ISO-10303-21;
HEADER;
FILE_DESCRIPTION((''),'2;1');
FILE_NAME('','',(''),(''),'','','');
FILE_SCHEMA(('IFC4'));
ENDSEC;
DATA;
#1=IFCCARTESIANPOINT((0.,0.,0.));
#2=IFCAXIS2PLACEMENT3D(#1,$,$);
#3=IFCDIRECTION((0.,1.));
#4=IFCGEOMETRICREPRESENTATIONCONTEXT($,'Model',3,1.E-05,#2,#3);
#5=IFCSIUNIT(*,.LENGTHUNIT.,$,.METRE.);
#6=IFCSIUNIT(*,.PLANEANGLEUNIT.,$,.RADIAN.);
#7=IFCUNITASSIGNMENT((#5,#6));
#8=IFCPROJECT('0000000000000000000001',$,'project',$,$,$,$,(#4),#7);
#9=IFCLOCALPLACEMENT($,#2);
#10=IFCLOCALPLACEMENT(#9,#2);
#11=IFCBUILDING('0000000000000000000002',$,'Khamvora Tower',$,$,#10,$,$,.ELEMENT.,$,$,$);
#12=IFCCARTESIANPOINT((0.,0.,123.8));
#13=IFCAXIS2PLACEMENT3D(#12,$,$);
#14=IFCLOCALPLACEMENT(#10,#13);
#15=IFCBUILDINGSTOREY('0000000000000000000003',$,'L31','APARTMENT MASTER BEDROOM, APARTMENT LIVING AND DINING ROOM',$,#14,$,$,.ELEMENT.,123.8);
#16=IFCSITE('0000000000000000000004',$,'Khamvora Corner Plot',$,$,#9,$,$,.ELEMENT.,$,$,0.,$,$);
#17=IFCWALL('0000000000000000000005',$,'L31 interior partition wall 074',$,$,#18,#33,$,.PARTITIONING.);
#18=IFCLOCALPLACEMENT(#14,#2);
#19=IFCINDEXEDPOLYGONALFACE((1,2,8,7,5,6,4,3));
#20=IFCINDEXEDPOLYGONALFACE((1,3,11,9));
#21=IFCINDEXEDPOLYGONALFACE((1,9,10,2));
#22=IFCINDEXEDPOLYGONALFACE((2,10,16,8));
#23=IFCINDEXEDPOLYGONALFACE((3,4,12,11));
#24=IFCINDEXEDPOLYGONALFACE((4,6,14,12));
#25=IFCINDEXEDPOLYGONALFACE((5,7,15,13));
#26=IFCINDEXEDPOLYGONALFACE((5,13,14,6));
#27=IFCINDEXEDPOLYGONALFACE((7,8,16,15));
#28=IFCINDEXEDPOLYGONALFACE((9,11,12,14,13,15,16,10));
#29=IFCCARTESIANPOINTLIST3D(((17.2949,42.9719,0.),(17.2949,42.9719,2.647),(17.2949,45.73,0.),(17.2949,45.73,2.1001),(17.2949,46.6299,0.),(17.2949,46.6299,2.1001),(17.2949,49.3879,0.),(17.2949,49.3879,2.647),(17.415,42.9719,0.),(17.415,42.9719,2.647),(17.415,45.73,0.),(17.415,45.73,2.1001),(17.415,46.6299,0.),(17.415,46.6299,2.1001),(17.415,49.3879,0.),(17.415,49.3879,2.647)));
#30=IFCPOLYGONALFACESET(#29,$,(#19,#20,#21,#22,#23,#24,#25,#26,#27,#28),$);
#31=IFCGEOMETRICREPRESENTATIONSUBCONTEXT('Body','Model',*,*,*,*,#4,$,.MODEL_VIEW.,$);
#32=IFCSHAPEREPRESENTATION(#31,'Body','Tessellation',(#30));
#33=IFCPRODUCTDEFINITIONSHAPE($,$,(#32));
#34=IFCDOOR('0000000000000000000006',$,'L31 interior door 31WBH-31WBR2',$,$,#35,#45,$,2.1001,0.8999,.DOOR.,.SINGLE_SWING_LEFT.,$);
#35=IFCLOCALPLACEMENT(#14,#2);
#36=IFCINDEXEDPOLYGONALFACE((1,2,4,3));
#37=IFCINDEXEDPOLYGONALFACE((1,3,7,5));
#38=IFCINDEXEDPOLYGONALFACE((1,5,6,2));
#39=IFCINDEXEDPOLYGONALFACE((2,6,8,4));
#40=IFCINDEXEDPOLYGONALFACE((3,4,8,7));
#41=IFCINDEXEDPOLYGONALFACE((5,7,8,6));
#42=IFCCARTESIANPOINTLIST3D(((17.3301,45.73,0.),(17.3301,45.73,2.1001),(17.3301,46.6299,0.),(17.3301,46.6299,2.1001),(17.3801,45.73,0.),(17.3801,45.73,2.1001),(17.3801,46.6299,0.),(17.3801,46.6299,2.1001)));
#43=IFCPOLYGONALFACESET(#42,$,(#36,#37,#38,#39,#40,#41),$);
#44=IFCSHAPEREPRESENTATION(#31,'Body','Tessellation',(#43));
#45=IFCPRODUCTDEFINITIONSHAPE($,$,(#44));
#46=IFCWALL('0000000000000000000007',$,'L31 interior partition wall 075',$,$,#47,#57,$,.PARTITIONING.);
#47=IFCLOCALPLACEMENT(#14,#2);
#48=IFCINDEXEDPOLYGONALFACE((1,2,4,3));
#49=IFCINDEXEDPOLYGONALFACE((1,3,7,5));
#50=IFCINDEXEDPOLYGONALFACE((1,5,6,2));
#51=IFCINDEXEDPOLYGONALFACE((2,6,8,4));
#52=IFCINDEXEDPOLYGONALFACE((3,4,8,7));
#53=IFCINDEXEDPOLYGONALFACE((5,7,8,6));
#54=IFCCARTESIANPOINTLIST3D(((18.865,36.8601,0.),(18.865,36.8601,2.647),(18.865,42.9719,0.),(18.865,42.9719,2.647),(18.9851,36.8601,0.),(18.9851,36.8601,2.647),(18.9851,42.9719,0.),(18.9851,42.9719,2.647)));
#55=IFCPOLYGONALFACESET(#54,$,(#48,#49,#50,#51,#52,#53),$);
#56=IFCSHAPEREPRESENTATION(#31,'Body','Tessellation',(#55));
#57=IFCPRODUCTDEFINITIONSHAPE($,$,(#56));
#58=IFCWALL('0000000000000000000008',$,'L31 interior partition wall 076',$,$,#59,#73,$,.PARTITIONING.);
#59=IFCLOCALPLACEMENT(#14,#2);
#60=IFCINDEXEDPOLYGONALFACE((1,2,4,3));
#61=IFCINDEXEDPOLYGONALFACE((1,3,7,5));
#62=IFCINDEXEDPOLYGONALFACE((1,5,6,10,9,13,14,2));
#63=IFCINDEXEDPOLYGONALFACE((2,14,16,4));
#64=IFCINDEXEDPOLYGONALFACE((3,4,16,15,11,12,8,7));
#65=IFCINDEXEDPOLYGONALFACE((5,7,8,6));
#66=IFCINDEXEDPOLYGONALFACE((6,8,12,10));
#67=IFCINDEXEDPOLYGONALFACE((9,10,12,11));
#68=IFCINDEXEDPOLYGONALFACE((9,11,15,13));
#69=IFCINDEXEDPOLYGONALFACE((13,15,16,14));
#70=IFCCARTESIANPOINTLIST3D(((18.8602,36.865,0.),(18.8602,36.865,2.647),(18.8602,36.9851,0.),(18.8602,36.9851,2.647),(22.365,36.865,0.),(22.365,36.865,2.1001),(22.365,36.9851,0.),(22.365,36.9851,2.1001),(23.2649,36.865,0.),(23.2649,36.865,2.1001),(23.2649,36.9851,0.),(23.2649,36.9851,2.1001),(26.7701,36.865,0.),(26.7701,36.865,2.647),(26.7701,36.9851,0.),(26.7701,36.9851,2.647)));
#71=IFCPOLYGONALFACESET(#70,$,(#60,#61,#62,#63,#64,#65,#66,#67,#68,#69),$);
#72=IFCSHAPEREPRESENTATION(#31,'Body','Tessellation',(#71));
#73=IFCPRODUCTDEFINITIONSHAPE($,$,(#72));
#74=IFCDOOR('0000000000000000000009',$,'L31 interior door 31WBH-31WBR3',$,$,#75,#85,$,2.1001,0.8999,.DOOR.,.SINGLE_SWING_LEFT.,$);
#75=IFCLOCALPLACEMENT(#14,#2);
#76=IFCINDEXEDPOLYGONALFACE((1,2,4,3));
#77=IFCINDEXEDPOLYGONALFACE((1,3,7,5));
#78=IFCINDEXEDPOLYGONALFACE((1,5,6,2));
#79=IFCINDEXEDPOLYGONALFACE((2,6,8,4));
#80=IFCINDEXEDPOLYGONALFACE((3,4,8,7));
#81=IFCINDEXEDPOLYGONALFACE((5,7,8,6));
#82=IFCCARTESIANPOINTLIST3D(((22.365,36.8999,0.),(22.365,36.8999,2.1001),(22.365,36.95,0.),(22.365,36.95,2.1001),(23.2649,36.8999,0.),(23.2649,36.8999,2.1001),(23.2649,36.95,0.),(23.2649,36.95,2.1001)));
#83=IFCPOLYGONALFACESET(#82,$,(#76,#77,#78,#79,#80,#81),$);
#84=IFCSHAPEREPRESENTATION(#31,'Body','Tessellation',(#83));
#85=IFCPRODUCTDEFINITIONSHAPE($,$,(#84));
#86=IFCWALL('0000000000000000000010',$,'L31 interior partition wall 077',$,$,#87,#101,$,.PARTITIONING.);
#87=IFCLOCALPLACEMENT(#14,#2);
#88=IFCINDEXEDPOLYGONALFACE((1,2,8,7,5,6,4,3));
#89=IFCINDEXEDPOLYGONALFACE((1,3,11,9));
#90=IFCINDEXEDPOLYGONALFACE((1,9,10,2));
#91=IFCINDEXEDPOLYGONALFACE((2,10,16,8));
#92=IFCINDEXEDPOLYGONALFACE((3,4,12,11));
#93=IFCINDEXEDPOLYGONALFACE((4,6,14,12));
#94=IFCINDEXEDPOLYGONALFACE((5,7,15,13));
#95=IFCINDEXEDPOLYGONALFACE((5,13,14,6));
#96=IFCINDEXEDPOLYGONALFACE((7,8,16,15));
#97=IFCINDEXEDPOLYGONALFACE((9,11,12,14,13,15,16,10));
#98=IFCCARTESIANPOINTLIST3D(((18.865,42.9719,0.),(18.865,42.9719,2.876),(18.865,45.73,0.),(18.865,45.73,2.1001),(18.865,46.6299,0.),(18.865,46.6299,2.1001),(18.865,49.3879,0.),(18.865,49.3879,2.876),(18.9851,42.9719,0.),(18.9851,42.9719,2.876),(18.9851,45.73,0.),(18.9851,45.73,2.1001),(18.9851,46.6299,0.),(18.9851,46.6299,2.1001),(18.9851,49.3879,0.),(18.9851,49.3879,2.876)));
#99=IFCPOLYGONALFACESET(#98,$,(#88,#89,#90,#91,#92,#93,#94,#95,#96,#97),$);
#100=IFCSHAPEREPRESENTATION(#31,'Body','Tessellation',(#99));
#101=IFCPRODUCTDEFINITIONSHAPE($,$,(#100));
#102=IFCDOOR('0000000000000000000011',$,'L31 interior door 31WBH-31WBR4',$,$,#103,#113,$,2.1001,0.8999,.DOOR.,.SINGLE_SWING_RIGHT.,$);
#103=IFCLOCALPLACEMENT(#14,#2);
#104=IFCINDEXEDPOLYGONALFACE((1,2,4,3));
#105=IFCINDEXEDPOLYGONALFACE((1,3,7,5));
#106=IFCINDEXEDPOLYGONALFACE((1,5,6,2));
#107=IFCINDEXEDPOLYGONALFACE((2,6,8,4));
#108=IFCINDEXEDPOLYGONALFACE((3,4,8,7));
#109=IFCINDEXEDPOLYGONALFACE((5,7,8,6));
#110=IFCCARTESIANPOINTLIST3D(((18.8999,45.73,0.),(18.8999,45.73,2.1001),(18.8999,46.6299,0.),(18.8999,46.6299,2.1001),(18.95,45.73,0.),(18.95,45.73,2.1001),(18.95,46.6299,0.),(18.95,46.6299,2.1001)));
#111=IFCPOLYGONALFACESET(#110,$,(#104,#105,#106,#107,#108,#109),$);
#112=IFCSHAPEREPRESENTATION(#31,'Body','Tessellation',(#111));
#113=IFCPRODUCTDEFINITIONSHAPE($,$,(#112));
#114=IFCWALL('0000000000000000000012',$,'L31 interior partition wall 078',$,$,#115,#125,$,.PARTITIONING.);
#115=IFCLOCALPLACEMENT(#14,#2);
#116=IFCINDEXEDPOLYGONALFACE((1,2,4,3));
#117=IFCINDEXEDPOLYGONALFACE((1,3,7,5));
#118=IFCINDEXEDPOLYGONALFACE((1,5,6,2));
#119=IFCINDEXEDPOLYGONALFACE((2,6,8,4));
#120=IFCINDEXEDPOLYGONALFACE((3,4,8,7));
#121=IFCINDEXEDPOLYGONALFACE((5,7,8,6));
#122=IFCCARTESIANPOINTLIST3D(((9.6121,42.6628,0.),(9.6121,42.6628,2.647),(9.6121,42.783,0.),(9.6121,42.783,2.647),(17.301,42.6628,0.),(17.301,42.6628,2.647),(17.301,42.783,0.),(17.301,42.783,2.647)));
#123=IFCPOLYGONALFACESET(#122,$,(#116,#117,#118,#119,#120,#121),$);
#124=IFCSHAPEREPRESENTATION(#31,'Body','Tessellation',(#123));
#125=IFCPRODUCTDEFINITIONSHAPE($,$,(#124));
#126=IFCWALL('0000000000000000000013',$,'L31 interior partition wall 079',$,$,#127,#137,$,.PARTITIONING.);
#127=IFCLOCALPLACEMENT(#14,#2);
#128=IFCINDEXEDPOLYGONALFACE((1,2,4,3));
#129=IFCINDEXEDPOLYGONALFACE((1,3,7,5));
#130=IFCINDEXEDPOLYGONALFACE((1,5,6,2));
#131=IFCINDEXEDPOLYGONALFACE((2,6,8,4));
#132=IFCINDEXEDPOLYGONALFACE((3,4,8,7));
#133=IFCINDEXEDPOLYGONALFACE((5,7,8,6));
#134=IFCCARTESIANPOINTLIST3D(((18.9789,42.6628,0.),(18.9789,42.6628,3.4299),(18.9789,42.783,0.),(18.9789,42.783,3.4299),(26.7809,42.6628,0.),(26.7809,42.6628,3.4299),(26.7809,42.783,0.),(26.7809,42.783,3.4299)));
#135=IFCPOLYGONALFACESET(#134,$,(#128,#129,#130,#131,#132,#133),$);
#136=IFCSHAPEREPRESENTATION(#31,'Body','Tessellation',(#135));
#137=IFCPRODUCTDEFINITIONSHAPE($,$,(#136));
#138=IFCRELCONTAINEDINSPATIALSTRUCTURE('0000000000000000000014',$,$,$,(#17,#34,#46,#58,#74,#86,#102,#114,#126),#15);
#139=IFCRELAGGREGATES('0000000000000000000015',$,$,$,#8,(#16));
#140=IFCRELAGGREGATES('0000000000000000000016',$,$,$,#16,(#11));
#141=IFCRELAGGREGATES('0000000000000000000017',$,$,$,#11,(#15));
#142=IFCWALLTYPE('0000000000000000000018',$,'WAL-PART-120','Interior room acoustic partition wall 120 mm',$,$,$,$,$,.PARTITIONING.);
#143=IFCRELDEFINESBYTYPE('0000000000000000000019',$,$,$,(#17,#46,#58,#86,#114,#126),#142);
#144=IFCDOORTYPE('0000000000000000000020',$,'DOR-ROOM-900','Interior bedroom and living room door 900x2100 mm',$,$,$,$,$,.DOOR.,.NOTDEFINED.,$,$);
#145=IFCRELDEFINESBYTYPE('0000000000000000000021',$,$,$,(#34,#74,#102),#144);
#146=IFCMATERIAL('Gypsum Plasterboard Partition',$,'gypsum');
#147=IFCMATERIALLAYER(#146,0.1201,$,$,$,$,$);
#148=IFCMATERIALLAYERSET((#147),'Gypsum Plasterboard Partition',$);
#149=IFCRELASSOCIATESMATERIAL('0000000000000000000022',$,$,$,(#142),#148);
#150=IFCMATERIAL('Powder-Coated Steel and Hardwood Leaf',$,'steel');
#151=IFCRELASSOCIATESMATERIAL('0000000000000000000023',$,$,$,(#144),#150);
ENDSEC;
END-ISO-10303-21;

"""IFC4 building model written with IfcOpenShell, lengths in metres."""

from ifc_helpers import new_model, si_unit, direction, frame, frame_2d, origin, place, context, subcontext, project, spatial, rectangle, extrude, material, layer, layer_set, type_object, element, fill, save


model = new_model("IFC4")

# Units and contexts
model_context = context("Model", 3, precision=1e-05, world=origin(), true_north=direction((0.0, 1.0)))
body_context = subcontext(model_context, "Body", "Model", "MODEL_VIEW")
ifc_project = project(units=[si_unit("LENGTHUNIT", "METRE"), si_unit("PLANEANGLEUNIT", "RADIAN")], contexts=[model_context])

# Site, building, storey
site_placement = place(None, origin())
site = spatial("IfcSite", under=ifc_project, at=site_placement, Name="Khamvora Corner Plot", CompositionType="ELEMENT", RefElevation=0.0)
building_placement = place(site_placement, origin())
building = spatial("IfcBuilding", under=site, at=building_placement, Name="Khamvora Tower", CompositionType="ELEMENT")
storey_placement = place(building_placement, frame((0.0, 0.0, 123.8)))
storey = spatial("IfcBuildingStorey", under=building, at=storey_placement, Name="L31", Description="APARTMENT MASTER BEDROOM, APARTMENT LIVING AND DINING ROOM", CompositionType="ELEMENT", Elevation=123.8)

# Wall, opening, door
ifc_material_1 = material(Name="Gypsum Plasterboard Partition", Category="gypsum")
ifc_layer_1 = layer(ifc_material_1, 0.1201)
ifc_layer_set_1 = layer_set([ifc_layer_1], Name="Gypsum Plasterboard Partition")
wall_type_1 = type_object("IfcWallType", Name="WAL-PART-120", Description="Interior room acoustic partition wall 120 mm", PredefinedType="PARTITIONING", material=ifc_layer_set_1)
wall_1_placement = place(storey_placement, frame((17.355, 42.9719, 0.0), z_axis=(0.0, 0.0, 1.0), x_axis=(0.0, 1.0, 0.0)))
wall_1 = element("IfcWall", 1, at=wall_1_placement, inside=storey, type_object=wall_type_1, Name="L31 interior partition wall 074", PredefinedType="PARTITIONING", context=body_context, shape_type="SweptSolid", body=[
    extrude(rectangle(XDim=6.416, YDim=0.1201, at=frame_2d((3.208, 0.0))), origin(), (0.0, 0.0, 1.0), 2.647),
])
opening_1_placement = place(wall_1_placement, frame((2.7581, 0.0, 0.0)))
opening_1 = element("IfcOpeningElement", 2, at=opening_1_placement, cuts=wall_1, PredefinedType="OPENING", context=body_context, shape_type="SweptSolid", body=[
    extrude(rectangle(XDim=0.8999, YDim=2.1001, at=frame_2d((0.45, 1.05))), frame((0.0, 0.0701, 0.0), z_axis=(0.0, -1.0, 0.0), x_axis=(1.0, 0.0, 0.0)), (0.0, 0.0, 1.0), 0.1401),
])
ifc_material_2 = material(Name="Powder-Coated Steel and Hardwood Leaf", Category="steel")
door_type = type_object("IfcDoorType", Name="DOR-ROOM-900", Description="Interior bedroom and living room door 900x2100 mm", OperationType="NOTDEFINED", PredefinedType="DOOR", material=ifc_material_2)
door_1_placement = place(opening_1_placement, origin())
door_1 = element("IfcDoor", 3, at=door_1_placement, inside=storey, type_object=door_type, Name="L31 interior door 31WBH-31WBR2", OperationType="SINGLE_SWING_LEFT", OverallHeight=2.1001, OverallWidth=0.8999, PredefinedType="DOOR", context=body_context, shape_type="SweptSolid", body=[
    extrude(rectangle(XDim=0.8999, YDim=2.1001, at=frame_2d((0.45, 1.05))), frame((0.0, 0.0249, 0.0), z_axis=(0.0, -1.0, 0.0), x_axis=(1.0, 0.0, 0.0)), (0.0, 0.0, 1.0), 0.05),
])
fill(opening_1, door_1)

# Wall
wall_2_placement = place(storey_placement, frame((18.925, 42.9719, 0.0), z_axis=(0.0, 0.0, 1.0), x_axis=(0.0, -1.0, 0.0)))
element("IfcWall", 4, at=wall_2_placement, inside=storey, type_object=wall_type_1, Name="L31 interior partition wall 075", PredefinedType="PARTITIONING", context=body_context, shape_type="SweptSolid", body=[
    extrude(rectangle(XDim=6.1118, YDim=0.1201, at=frame_2d((3.0559, 0.0))), origin(), (0.0, 0.0, 1.0), 2.647),
])

# Walls, openings, doors
wall_3_placement = place(storey_placement, frame((18.8601, 36.925, 0.0), z_axis=(0.0, 0.0, 1.0), x_axis=(1.0, 0.0, 0.0)))
wall_3 = element("IfcWall", 5, at=wall_3_placement, inside=storey, type_object=wall_type_1, Name="L31 interior partition wall 076", PredefinedType="PARTITIONING", context=body_context, shape_type="SweptSolid", body=[
    extrude(rectangle(XDim=7.9099, YDim=0.1201, at=frame_2d((3.9551, 0.0))), origin(), (0.0, 0.0, 1.0), 2.647),
])
opening_2_placement = place(wall_3_placement, frame((3.5049, 0.0, 0.0)))
opening_2 = element("IfcOpeningElement", 6, at=opening_2_placement, cuts=wall_3, PredefinedType="OPENING", context=body_context, shape_type="SweptSolid", body=[
    extrude(rectangle(XDim=0.8999, YDim=2.1001, at=frame_2d((0.45, 1.05))), frame((0.0, 0.0701, 0.0), z_axis=(0.0, -1.0, 0.0), x_axis=(1.0, 0.0, 0.0)), (0.0, 0.0, 1.0), 0.1401),
])
door_2_placement = place(opening_2_placement, origin())
door_2 = element("IfcDoor", 7, at=door_2_placement, inside=storey, type_object=door_type, Name="L31 interior door 31WBH-31WBR3", OperationType="SINGLE_SWING_LEFT", OverallHeight=2.1001, OverallWidth=0.8999, PredefinedType="DOOR", context=body_context, shape_type="SweptSolid", body=[
    extrude(rectangle(XDim=0.8999, YDim=2.1001, at=frame_2d((0.45, 1.05))), frame((0.0, 0.0249, 0.0), z_axis=(0.0, -1.0, 0.0), x_axis=(1.0, 0.0, 0.0)), (0.0, 0.0, 1.0), 0.05),
])
fill(opening_2, door_2)
wall_4_placement = place(storey_placement, frame((18.925, 49.3879, 0.0), z_axis=(0.0, 0.0, 1.0), x_axis=(0.0, -1.0, 0.0)))
wall_4 = element("IfcWall", 8, at=wall_4_placement, inside=storey, type_object=wall_type_1, Name="L31 interior partition wall 077", PredefinedType="PARTITIONING", context=body_context, shape_type="SweptSolid", body=[
    extrude(rectangle(XDim=6.416, YDim=0.1201, at=frame_2d((3.208, 0.0))), origin(), (0.0, 0.0, 1.0), 2.876),
])
opening_3_placement = place(wall_4_placement, frame((2.7581, 0.0, 0.0)))
opening_3 = element("IfcOpeningElement", 9, at=opening_3_placement, cuts=wall_4, PredefinedType="OPENING", context=body_context, shape_type="SweptSolid", body=[
    extrude(rectangle(XDim=0.8999, YDim=2.1001, at=frame_2d((0.45, 1.05))), frame((0.0, 0.0701, 0.0), z_axis=(0.0, -1.0, 0.0), x_axis=(1.0, 0.0, 0.0)), (0.0, 0.0, 1.0), 0.1401),
])
door_3_placement = place(opening_3_placement, origin())
door_3 = element("IfcDoor", 10, at=door_3_placement, inside=storey, type_object=door_type, Name="L31 interior door 31WBH-31WBR4", OperationType="SINGLE_SWING_RIGHT", OverallHeight=2.1001, OverallWidth=0.8999, PredefinedType="DOOR", context=body_context, shape_type="SweptSolid", body=[
    extrude(rectangle(XDim=0.8999, YDim=2.1001, at=frame_2d((0.45, 1.05))), frame((0.0, 0.0249, 0.0), z_axis=(0.0, -1.0, 0.0), x_axis=(1.0, 0.0, 0.0)), (0.0, 0.0, 1.0), 0.05),
])
fill(opening_3, door_3)

# Walls
wall_5_placement = place(storey_placement, frame((9.6121, 42.7229, 0.0), z_axis=(0.0, 0.0, 1.0), x_axis=(1.0, 0.0, 0.0)))
element("IfcWall", 11, at=wall_5_placement, inside=storey, type_object=wall_type_1, Name="L31 interior partition wall 078", PredefinedType="PARTITIONING", context=body_context, shape_type="SweptSolid", body=[
    extrude(rectangle(XDim=7.689, YDim=0.1201, at=frame_2d((3.8445, 0.0))), origin(), (0.0, 0.0, 1.0), 2.647),
])
wall_6_placement = place(storey_placement, frame((18.979, 42.7229, 0.0), z_axis=(0.0, 0.0, 1.0), x_axis=(1.0, 0.0, 0.0)))
element("IfcWall", 12, at=wall_6_placement, inside=storey, type_object=wall_type_1, Name="L31 interior partition wall 079", PredefinedType="PARTITIONING", context=body_context, shape_type="SweptSolid", body=[
    extrude(rectangle(XDim=7.802, YDim=0.1201, at=frame_2d((3.9009, 0.0))), origin(), (0.0, 0.0, 1.0), 3.4299),
])

save(model, "model.ifc")
